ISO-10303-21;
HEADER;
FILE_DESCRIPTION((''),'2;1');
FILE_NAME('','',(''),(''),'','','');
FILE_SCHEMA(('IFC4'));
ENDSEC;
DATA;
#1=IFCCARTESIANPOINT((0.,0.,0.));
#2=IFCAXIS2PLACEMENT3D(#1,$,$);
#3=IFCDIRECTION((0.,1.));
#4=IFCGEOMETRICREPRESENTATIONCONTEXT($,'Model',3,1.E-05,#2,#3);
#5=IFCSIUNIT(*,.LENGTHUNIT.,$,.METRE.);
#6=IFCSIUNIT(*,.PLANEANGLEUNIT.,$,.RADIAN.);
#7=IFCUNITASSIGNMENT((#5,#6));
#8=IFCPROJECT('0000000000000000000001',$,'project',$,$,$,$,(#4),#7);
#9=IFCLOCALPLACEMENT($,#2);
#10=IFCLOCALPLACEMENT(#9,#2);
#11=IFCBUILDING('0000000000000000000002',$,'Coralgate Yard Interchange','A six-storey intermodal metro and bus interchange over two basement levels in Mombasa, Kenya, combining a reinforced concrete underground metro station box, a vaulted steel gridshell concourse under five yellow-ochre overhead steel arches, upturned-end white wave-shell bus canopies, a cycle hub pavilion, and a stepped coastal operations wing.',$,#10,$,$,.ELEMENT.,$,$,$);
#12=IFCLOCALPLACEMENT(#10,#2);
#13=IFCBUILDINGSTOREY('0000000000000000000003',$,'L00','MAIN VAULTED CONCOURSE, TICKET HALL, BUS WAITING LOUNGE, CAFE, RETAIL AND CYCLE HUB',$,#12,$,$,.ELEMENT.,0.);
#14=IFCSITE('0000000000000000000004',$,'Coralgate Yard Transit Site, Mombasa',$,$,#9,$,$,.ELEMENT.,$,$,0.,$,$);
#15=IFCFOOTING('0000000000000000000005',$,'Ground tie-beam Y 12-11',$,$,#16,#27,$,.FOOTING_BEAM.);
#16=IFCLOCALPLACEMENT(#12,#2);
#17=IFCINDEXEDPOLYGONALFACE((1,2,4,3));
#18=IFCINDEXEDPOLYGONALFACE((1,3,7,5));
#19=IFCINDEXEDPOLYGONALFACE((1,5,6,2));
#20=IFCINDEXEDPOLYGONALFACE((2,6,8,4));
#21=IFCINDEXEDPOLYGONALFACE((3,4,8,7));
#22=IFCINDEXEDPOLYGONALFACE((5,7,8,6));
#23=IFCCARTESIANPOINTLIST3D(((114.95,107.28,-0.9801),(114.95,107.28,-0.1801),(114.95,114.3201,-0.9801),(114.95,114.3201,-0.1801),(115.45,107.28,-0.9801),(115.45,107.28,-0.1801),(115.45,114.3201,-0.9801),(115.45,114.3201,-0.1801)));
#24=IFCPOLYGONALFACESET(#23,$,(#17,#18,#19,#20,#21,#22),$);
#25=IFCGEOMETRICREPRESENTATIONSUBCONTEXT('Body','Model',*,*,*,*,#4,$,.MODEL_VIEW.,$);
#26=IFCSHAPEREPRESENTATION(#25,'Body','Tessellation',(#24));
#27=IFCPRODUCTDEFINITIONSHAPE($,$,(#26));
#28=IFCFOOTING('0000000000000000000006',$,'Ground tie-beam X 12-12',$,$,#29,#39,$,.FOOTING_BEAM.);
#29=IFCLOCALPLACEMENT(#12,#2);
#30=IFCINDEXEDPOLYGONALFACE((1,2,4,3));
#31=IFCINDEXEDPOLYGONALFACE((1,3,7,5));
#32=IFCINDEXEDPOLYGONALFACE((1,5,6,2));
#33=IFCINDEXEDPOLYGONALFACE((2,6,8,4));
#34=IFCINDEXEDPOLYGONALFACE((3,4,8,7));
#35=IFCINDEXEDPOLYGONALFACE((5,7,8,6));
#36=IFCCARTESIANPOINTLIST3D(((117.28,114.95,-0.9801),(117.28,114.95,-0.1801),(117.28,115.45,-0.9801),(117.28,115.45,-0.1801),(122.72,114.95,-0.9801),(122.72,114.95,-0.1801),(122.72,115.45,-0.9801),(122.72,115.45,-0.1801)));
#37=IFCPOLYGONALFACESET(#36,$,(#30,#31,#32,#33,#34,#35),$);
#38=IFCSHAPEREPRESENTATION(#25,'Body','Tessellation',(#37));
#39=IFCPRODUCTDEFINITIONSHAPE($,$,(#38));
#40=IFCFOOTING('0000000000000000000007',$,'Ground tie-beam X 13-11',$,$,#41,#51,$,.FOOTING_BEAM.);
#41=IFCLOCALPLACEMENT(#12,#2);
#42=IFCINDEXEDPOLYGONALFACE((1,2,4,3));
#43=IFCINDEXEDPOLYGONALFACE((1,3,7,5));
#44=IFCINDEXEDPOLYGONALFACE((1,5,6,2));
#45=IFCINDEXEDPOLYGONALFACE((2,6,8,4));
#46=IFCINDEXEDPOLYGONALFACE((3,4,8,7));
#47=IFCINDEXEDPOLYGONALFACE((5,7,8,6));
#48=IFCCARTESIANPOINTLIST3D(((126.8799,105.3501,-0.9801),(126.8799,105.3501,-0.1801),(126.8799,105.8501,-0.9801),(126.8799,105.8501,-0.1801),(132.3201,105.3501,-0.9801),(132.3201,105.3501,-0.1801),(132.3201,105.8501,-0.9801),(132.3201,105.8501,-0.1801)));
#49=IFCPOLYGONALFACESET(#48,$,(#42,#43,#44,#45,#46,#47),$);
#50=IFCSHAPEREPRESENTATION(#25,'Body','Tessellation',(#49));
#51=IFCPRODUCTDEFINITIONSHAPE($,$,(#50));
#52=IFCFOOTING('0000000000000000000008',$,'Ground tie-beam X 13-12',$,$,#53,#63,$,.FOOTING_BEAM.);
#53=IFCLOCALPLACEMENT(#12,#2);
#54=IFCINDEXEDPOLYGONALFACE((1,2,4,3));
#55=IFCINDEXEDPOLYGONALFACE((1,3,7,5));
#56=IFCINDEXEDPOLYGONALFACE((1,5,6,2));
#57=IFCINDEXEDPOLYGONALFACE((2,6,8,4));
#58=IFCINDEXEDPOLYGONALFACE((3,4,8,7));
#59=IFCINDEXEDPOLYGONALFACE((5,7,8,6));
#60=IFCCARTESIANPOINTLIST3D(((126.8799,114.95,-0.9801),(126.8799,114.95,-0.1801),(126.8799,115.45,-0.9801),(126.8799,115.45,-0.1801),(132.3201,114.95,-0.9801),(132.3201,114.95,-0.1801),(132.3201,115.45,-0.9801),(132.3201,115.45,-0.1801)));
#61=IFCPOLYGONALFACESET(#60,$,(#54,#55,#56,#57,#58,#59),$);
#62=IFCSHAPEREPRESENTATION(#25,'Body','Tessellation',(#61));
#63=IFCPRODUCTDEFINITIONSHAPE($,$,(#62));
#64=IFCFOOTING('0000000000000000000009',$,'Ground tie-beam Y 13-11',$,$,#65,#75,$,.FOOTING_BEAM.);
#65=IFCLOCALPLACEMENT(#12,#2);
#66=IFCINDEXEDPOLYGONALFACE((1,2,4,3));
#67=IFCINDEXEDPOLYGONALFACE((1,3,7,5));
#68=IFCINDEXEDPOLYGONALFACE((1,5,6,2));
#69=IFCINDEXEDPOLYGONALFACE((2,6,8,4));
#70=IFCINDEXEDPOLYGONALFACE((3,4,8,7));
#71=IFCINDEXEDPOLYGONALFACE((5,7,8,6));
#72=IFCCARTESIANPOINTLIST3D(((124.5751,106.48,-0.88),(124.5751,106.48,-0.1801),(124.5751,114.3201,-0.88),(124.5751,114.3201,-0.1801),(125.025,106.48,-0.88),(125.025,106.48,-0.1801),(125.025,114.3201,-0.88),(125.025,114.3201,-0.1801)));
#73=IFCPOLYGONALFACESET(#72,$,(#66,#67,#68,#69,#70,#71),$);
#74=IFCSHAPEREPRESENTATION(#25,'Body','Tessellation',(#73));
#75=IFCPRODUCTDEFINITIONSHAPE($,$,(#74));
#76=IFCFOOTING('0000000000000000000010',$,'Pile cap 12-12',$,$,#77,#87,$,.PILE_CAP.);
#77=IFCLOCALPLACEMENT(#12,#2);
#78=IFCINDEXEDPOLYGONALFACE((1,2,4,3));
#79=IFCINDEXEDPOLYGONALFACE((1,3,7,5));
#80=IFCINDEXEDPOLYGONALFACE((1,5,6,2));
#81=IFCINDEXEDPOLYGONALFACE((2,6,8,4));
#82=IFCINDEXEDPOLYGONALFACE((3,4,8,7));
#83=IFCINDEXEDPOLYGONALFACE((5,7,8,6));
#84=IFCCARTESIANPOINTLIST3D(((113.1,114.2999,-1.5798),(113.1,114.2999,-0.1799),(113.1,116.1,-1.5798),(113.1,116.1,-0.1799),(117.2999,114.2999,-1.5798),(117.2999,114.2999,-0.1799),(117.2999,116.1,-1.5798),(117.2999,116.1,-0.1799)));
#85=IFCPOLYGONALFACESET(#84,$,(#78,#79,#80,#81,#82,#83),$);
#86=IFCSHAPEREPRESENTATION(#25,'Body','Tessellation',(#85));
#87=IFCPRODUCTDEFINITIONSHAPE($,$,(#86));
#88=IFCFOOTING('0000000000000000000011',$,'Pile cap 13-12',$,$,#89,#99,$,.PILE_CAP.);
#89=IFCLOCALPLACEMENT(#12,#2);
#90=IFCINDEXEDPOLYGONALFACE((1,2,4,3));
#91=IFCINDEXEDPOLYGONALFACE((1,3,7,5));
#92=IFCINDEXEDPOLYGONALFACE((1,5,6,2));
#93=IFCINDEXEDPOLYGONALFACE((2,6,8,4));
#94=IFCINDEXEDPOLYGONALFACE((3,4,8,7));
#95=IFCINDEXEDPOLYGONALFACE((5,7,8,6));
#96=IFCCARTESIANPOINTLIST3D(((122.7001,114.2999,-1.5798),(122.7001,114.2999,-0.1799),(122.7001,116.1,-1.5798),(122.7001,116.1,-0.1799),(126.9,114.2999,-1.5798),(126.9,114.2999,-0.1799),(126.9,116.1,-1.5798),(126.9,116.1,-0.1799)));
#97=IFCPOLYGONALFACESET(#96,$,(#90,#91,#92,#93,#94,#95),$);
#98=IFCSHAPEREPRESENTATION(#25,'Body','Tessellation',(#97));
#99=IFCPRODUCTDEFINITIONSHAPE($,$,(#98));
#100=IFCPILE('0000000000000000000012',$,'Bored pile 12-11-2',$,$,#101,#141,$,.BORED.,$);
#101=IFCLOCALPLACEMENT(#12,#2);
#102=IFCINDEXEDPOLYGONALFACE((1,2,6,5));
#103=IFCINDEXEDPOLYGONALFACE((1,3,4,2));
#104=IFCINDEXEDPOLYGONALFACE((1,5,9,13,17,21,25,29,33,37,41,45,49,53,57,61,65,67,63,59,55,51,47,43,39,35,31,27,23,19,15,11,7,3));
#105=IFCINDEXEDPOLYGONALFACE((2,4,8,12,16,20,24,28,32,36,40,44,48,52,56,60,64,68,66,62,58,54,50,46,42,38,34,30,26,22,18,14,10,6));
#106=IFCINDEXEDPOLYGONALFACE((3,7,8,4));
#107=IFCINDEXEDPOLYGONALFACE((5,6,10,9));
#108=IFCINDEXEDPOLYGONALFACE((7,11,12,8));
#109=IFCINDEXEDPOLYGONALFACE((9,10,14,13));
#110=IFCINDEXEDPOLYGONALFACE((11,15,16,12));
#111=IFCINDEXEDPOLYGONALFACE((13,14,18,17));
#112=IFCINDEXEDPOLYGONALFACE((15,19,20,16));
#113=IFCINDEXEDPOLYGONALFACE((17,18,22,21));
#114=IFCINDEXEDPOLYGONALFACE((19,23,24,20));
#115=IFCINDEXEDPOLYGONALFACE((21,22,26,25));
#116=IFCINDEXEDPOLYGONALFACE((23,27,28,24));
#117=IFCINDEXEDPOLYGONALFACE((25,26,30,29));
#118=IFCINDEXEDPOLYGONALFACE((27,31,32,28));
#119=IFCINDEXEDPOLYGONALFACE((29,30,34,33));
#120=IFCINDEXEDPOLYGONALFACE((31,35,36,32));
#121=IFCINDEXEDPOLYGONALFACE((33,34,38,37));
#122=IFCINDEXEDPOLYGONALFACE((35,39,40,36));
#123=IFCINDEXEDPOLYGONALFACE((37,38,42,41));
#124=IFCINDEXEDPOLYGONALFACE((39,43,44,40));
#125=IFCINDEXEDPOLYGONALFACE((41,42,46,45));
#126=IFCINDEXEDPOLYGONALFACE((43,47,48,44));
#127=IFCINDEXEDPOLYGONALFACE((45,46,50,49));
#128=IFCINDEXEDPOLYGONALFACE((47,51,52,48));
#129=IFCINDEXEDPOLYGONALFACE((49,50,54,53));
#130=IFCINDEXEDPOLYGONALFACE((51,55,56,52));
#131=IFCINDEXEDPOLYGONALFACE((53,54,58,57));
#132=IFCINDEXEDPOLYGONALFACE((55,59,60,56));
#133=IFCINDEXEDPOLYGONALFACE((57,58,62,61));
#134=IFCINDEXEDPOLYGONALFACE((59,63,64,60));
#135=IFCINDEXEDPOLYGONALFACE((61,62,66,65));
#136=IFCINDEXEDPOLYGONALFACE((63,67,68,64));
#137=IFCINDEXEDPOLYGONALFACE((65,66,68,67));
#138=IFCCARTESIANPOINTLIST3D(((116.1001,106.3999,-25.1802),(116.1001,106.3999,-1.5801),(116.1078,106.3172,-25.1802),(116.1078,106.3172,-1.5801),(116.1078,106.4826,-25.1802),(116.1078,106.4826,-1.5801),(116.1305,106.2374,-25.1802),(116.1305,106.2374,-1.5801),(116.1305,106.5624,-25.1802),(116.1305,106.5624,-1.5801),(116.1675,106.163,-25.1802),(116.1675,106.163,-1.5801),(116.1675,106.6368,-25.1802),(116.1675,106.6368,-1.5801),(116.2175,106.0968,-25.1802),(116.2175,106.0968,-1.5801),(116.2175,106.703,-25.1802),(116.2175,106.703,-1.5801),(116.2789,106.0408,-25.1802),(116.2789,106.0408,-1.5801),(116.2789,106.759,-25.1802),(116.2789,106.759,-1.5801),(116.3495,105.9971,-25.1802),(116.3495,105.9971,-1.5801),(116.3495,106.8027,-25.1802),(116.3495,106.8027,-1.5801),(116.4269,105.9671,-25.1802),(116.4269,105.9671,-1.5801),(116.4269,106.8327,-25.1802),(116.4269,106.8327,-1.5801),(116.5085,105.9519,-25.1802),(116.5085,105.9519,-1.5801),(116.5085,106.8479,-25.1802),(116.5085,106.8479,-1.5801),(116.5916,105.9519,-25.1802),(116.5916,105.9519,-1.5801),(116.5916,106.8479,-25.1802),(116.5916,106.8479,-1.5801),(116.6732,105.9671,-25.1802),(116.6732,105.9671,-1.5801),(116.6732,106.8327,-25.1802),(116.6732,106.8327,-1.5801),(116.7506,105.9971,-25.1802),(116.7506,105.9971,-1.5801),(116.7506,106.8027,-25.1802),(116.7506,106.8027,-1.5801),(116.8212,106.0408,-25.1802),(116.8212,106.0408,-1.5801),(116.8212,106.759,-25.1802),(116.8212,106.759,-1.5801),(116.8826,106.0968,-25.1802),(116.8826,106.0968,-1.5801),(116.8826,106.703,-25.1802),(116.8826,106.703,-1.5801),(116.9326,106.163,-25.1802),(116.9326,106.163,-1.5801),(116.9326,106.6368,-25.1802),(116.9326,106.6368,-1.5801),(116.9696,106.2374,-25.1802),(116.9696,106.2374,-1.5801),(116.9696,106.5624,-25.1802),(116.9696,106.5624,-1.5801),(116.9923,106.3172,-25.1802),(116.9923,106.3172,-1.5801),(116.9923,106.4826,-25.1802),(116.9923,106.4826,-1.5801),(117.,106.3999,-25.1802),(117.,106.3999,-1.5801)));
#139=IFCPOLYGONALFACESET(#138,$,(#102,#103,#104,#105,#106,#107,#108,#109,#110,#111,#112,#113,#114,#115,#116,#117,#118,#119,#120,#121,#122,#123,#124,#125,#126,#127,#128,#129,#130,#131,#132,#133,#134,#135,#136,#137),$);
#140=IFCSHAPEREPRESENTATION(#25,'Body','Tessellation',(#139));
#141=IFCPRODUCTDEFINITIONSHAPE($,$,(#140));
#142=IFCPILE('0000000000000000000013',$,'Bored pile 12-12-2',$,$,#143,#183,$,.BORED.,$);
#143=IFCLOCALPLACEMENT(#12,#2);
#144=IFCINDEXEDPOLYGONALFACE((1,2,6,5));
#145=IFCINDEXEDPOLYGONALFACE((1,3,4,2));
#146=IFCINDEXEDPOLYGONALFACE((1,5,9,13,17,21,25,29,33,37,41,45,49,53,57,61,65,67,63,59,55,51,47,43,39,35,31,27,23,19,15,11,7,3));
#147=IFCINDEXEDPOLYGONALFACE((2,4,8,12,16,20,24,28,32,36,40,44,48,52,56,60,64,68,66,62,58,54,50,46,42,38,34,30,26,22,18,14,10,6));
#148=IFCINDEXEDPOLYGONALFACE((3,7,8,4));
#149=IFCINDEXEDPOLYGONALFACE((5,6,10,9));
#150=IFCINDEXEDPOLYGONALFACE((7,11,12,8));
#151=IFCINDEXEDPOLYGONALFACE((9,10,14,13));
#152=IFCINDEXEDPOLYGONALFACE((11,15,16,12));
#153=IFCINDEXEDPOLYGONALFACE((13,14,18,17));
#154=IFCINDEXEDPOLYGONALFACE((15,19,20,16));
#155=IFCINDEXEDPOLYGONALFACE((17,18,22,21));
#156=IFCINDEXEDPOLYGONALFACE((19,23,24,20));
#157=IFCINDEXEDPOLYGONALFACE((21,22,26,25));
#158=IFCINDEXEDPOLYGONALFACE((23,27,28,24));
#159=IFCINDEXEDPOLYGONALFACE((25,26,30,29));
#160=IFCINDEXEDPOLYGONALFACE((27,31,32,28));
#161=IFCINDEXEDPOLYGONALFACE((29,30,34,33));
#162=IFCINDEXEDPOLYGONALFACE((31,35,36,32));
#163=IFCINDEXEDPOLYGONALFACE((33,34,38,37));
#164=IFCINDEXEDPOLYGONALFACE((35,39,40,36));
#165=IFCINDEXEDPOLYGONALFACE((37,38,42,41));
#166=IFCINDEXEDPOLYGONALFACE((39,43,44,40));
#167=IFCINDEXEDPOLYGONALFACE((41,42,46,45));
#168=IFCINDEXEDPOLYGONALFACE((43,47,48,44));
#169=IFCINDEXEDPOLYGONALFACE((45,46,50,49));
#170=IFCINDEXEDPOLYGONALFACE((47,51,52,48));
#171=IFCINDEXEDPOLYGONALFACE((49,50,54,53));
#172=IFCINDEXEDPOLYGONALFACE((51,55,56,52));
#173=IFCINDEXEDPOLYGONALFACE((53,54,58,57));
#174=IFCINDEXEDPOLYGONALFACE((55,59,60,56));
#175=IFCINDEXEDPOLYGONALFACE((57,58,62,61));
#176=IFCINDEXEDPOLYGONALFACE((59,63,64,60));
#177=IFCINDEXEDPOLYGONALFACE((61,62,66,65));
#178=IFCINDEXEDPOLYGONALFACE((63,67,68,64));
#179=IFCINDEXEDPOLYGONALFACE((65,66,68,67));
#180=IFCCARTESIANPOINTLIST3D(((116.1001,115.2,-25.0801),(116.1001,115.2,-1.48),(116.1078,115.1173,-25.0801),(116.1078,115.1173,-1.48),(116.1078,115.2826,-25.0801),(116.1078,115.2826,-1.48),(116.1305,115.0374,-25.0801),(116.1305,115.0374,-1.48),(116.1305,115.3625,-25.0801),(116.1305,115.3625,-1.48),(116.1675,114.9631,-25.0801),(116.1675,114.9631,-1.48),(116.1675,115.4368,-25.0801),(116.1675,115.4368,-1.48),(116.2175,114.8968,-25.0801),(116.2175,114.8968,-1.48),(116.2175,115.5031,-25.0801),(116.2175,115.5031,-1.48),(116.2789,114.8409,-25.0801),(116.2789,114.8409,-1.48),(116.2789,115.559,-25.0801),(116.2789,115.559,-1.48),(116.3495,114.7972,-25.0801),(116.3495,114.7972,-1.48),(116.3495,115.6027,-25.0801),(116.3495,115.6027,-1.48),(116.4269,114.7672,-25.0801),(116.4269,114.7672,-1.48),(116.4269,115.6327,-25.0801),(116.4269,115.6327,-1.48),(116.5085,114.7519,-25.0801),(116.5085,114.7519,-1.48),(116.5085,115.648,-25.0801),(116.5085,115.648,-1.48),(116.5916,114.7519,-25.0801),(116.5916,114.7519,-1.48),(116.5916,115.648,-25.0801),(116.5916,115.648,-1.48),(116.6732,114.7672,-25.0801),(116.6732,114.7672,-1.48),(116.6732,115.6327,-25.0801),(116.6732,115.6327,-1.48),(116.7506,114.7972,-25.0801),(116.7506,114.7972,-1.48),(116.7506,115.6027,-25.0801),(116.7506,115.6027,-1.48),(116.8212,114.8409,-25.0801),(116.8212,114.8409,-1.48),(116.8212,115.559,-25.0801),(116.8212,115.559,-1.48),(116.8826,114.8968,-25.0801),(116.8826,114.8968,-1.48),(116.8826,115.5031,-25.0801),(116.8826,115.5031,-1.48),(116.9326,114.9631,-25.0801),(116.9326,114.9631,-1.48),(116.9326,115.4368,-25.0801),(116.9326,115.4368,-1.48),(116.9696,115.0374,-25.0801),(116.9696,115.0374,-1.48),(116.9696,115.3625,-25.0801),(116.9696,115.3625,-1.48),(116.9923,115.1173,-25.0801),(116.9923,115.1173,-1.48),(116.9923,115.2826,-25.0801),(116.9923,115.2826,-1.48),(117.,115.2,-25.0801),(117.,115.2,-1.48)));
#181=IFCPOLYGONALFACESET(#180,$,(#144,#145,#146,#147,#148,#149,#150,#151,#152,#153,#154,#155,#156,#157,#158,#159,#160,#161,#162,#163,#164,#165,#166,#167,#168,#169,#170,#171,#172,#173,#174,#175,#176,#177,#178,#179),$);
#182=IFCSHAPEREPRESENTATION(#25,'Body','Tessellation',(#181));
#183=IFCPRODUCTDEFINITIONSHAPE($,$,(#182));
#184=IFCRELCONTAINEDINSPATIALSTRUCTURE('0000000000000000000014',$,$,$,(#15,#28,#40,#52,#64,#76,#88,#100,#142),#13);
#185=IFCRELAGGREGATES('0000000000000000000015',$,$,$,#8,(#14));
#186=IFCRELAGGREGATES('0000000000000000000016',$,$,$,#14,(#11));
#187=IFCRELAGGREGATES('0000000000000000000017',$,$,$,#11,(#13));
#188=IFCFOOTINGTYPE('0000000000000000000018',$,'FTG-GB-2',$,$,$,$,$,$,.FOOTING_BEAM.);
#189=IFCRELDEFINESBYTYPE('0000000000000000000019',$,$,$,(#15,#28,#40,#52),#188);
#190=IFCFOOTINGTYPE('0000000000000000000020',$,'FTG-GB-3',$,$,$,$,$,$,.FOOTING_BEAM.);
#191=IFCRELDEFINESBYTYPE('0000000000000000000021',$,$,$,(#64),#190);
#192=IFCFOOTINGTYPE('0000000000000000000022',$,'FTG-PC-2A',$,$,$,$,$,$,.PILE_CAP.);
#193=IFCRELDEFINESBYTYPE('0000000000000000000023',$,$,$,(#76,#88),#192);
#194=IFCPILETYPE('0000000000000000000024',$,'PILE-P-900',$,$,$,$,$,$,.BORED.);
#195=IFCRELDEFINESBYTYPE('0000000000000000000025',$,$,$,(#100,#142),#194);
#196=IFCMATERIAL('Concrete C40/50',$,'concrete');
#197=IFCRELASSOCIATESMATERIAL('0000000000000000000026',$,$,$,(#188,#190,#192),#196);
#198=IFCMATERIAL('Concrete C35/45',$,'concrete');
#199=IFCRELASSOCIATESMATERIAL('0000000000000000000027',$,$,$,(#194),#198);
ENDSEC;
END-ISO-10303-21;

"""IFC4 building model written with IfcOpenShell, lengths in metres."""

from ifc_helpers import new_model, si_unit, direction, frame, origin, origin_2d, place, context, subcontext, project, spatial, rectangle, circle, extrude, material, material_profile, profile_set, type_object, element, save


model = new_model("IFC4")

# Units and contexts
model_context = context("Model", 3, precision=1e-05, world=origin(), true_north=direction((0.0, 1.0)))
body_context = subcontext(model_context, "Body", "Model", "MODEL_VIEW")
ifc_project = project(units=[si_unit("LENGTHUNIT", "METRE"), si_unit("PLANEANGLEUNIT", "RADIAN")], contexts=[model_context])

# Site, building, storey
site_placement = place(None, origin())
site = spatial("IfcSite", under=ifc_project, at=site_placement, Name="Coralgate Yard Transit Site, Mombasa", CompositionType="ELEMENT", RefElevation=0.0)
building_placement = place(site_placement, origin())
building = spatial("IfcBuilding", under=site, at=building_placement, Name="Coralgate Yard Interchange", Description="A six-storey intermodal metro and bus interchange over two basement levels in Mombasa, Kenya, combining a reinforced concrete underground metro station box, a vaulted steel gridshell concourse under five yellow-ochre overhead steel arches, upturned-end white wave-shell bus canopies, a cycle hub pavilion, and a stepped coastal operations wing.", CompositionType="ELEMENT")
storey_placement = place(building_placement, origin())
storey = spatial("IfcBuildingStorey", under=building, at=storey_placement, Name="L00", Description="MAIN VAULTED CONCOURSE, TICKET HALL, BUS WAITING LOUNGE, CAFE, RETAIL AND CYCLE HUB", CompositionType="ELEMENT", Elevation=0.0)

# Footings
ifc_material_1 = material(Name="Concrete C40/50", Category="concrete")
ifc_material_profile_1 = material_profile(ifc_material_1, rectangle(XDim=0.5, YDim=0.8, at=origin_2d()), Name="RC 500x800")
ifc_profile_set_1 = profile_set([ifc_material_profile_1], Name="Concrete C40/50")
footing_type_1 = type_object("IfcFootingType", Name="FTG-GB-2", PredefinedType="FOOTING_BEAM", material=ifc_profile_set_1)
footing_1_placement = place(storey_placement, frame((115.2, 107.28, -0.5801), z_axis=(0.0, 1.0, 0.0), x_axis=(-1.0, 0.0, 0.0)))
element("IfcFooting", 1, at=footing_1_placement, inside=storey, type_object=footing_type_1, Name="Ground tie-beam Y 12-11", PredefinedType="FOOTING_BEAM", context=body_context, shape_type="SweptSolid", body=[
    extrude(rectangle(XDim=0.5, YDim=0.8, at=origin_2d()), origin(), (0.0, 0.0, 1.0), 7.04),
])
footing_2_placement = place(storey_placement, frame((117.28, 115.2, -0.5801), z_axis=(1.0, 0.0, 0.0), x_axis=(0.0, 1.0, 0.0)))
element("IfcFooting", 2, at=footing_2_placement, inside=storey, type_object=footing_type_1, Name="Ground tie-beam X 12-12", PredefinedType="FOOTING_BEAM", context=body_context, shape_type="SweptSolid", body=[
    extrude(rectangle(XDim=0.5, YDim=0.8, at=origin_2d()), origin(), (0.0, 0.0, 1.0), 5.4399),
])
for number, where, z_axis, x_axis, name in (
    (3, (126.8799, 105.6001, -0.5801), (1.0, 0.0, 0.0), (0.0, 1.0, 0.0), "Ground tie-beam X 13-11"),
    (4, (126.8799, 115.2, -0.5801), (1.0, 0.0, 0.0), (0.0, 1.0, 0.0), "Ground tie-beam X 13-12"),
):
    element("IfcFooting", number, at=place(storey_placement, frame(where, z_axis=z_axis, x_axis=x_axis)), inside=storey, type_object=footing_type_1, Name=name, PredefinedType="FOOTING_BEAM", context=body_context, shape_type="SweptSolid", body=[
        extrude(rectangle(XDim=0.5, YDim=0.8, at=origin_2d()), origin(), (0.0, 0.0, 1.0), 5.4402),
    ])
ifc_material_profile_2 = material_profile(ifc_material_1, rectangle(XDim=0.45, YDim=0.7, at=origin_2d()), Name="RC 450x700")
ifc_profile_set_2 = profile_set([ifc_material_profile_2], Name="Concrete C40/50")
footing_type_2 = type_object("IfcFootingType", Name="FTG-GB-3", PredefinedType="FOOTING_BEAM", material=ifc_profile_set_2)
footing_3_placement = place(storey_placement, frame((124.8, 106.48, -0.53), z_axis=(0.0, 1.0, 0.0), x_axis=(-1.0, 0.0, 0.0)))
element("IfcFooting", 5, at=footing_3_placement, inside=storey, type_object=footing_type_2, Name="Ground tie-beam Y 13-11", PredefinedType="FOOTING_BEAM", context=body_context, shape_type="SweptSolid", body=[
    extrude(rectangle(XDim=0.45, YDim=0.7, at=origin_2d()), origin(), (0.0, 0.0, 1.0), 7.8401),
])
footing_type_3 = type_object("IfcFootingType", Name="FTG-PC-2A", PredefinedType="PILE_CAP", material=ifc_material_1)
for number, where, z_axis, x_axis, name in (
    (6, (115.2, 115.2, -1.5798), (0.0, 0.0, 1.0), (1.0, 0.0, 0.0), "Pile cap 12-12"),
    (7, (124.8, 115.2, -1.5798), (0.0, 0.0, 1.0), (1.0, 0.0, 0.0), "Pile cap 13-12"),
):
    element("IfcFooting", number, at=place(storey_placement, frame(where, z_axis=z_axis, x_axis=x_axis)), inside=storey, type_object=footing_type_3, Name=name, PredefinedType="PILE_CAP", context=body_context, shape_type="SweptSolid", body=[
        extrude(rectangle(XDim=4.2, YDim=1.8, at=origin_2d()), origin(), (0.0, 0.0, 1.0), 1.3999),
    ])

# Piles
ifc_material_2 = material(Name="Concrete C35/45", Category="concrete")
ifc_material_profile_3 = material_profile(ifc_material_2, circle(Radius=0.45, at=origin_2d()), Name="BORED PILE D900")
ifc_profile_set_3 = profile_set([ifc_material_profile_3], Name="Concrete C35/45")
pile_type = type_object("IfcPileType", Name="PILE-P-900", PredefinedType="BORED", material=ifc_profile_set_3)
for number, where, z_axis, x_axis, name in (
    (8, (116.55, 106.3999, -1.5801), (0.0, 0.0, -1.0), (1.0, 0.0, 0.0), "Bored pile 12-11-2"),
    (9, (116.55, 115.2, -1.48), (0.0, 0.0, -1.0), (1.0, 0.0, 0.0), "Bored pile 12-12-2"),
):
    element("IfcPile", number, at=place(storey_placement, frame(where, z_axis=z_axis, x_axis=x_axis)), inside=storey, type_object=pile_type, Name=name, PredefinedType="BORED", context=body_context, shape_type="SweptSolid", body=[
        extrude(circle(Radius=0.45, at=origin_2d()), origin(), (0.0, 0.0, 1.0), 23.6001),
    ])

save(model, "model.ifc")
